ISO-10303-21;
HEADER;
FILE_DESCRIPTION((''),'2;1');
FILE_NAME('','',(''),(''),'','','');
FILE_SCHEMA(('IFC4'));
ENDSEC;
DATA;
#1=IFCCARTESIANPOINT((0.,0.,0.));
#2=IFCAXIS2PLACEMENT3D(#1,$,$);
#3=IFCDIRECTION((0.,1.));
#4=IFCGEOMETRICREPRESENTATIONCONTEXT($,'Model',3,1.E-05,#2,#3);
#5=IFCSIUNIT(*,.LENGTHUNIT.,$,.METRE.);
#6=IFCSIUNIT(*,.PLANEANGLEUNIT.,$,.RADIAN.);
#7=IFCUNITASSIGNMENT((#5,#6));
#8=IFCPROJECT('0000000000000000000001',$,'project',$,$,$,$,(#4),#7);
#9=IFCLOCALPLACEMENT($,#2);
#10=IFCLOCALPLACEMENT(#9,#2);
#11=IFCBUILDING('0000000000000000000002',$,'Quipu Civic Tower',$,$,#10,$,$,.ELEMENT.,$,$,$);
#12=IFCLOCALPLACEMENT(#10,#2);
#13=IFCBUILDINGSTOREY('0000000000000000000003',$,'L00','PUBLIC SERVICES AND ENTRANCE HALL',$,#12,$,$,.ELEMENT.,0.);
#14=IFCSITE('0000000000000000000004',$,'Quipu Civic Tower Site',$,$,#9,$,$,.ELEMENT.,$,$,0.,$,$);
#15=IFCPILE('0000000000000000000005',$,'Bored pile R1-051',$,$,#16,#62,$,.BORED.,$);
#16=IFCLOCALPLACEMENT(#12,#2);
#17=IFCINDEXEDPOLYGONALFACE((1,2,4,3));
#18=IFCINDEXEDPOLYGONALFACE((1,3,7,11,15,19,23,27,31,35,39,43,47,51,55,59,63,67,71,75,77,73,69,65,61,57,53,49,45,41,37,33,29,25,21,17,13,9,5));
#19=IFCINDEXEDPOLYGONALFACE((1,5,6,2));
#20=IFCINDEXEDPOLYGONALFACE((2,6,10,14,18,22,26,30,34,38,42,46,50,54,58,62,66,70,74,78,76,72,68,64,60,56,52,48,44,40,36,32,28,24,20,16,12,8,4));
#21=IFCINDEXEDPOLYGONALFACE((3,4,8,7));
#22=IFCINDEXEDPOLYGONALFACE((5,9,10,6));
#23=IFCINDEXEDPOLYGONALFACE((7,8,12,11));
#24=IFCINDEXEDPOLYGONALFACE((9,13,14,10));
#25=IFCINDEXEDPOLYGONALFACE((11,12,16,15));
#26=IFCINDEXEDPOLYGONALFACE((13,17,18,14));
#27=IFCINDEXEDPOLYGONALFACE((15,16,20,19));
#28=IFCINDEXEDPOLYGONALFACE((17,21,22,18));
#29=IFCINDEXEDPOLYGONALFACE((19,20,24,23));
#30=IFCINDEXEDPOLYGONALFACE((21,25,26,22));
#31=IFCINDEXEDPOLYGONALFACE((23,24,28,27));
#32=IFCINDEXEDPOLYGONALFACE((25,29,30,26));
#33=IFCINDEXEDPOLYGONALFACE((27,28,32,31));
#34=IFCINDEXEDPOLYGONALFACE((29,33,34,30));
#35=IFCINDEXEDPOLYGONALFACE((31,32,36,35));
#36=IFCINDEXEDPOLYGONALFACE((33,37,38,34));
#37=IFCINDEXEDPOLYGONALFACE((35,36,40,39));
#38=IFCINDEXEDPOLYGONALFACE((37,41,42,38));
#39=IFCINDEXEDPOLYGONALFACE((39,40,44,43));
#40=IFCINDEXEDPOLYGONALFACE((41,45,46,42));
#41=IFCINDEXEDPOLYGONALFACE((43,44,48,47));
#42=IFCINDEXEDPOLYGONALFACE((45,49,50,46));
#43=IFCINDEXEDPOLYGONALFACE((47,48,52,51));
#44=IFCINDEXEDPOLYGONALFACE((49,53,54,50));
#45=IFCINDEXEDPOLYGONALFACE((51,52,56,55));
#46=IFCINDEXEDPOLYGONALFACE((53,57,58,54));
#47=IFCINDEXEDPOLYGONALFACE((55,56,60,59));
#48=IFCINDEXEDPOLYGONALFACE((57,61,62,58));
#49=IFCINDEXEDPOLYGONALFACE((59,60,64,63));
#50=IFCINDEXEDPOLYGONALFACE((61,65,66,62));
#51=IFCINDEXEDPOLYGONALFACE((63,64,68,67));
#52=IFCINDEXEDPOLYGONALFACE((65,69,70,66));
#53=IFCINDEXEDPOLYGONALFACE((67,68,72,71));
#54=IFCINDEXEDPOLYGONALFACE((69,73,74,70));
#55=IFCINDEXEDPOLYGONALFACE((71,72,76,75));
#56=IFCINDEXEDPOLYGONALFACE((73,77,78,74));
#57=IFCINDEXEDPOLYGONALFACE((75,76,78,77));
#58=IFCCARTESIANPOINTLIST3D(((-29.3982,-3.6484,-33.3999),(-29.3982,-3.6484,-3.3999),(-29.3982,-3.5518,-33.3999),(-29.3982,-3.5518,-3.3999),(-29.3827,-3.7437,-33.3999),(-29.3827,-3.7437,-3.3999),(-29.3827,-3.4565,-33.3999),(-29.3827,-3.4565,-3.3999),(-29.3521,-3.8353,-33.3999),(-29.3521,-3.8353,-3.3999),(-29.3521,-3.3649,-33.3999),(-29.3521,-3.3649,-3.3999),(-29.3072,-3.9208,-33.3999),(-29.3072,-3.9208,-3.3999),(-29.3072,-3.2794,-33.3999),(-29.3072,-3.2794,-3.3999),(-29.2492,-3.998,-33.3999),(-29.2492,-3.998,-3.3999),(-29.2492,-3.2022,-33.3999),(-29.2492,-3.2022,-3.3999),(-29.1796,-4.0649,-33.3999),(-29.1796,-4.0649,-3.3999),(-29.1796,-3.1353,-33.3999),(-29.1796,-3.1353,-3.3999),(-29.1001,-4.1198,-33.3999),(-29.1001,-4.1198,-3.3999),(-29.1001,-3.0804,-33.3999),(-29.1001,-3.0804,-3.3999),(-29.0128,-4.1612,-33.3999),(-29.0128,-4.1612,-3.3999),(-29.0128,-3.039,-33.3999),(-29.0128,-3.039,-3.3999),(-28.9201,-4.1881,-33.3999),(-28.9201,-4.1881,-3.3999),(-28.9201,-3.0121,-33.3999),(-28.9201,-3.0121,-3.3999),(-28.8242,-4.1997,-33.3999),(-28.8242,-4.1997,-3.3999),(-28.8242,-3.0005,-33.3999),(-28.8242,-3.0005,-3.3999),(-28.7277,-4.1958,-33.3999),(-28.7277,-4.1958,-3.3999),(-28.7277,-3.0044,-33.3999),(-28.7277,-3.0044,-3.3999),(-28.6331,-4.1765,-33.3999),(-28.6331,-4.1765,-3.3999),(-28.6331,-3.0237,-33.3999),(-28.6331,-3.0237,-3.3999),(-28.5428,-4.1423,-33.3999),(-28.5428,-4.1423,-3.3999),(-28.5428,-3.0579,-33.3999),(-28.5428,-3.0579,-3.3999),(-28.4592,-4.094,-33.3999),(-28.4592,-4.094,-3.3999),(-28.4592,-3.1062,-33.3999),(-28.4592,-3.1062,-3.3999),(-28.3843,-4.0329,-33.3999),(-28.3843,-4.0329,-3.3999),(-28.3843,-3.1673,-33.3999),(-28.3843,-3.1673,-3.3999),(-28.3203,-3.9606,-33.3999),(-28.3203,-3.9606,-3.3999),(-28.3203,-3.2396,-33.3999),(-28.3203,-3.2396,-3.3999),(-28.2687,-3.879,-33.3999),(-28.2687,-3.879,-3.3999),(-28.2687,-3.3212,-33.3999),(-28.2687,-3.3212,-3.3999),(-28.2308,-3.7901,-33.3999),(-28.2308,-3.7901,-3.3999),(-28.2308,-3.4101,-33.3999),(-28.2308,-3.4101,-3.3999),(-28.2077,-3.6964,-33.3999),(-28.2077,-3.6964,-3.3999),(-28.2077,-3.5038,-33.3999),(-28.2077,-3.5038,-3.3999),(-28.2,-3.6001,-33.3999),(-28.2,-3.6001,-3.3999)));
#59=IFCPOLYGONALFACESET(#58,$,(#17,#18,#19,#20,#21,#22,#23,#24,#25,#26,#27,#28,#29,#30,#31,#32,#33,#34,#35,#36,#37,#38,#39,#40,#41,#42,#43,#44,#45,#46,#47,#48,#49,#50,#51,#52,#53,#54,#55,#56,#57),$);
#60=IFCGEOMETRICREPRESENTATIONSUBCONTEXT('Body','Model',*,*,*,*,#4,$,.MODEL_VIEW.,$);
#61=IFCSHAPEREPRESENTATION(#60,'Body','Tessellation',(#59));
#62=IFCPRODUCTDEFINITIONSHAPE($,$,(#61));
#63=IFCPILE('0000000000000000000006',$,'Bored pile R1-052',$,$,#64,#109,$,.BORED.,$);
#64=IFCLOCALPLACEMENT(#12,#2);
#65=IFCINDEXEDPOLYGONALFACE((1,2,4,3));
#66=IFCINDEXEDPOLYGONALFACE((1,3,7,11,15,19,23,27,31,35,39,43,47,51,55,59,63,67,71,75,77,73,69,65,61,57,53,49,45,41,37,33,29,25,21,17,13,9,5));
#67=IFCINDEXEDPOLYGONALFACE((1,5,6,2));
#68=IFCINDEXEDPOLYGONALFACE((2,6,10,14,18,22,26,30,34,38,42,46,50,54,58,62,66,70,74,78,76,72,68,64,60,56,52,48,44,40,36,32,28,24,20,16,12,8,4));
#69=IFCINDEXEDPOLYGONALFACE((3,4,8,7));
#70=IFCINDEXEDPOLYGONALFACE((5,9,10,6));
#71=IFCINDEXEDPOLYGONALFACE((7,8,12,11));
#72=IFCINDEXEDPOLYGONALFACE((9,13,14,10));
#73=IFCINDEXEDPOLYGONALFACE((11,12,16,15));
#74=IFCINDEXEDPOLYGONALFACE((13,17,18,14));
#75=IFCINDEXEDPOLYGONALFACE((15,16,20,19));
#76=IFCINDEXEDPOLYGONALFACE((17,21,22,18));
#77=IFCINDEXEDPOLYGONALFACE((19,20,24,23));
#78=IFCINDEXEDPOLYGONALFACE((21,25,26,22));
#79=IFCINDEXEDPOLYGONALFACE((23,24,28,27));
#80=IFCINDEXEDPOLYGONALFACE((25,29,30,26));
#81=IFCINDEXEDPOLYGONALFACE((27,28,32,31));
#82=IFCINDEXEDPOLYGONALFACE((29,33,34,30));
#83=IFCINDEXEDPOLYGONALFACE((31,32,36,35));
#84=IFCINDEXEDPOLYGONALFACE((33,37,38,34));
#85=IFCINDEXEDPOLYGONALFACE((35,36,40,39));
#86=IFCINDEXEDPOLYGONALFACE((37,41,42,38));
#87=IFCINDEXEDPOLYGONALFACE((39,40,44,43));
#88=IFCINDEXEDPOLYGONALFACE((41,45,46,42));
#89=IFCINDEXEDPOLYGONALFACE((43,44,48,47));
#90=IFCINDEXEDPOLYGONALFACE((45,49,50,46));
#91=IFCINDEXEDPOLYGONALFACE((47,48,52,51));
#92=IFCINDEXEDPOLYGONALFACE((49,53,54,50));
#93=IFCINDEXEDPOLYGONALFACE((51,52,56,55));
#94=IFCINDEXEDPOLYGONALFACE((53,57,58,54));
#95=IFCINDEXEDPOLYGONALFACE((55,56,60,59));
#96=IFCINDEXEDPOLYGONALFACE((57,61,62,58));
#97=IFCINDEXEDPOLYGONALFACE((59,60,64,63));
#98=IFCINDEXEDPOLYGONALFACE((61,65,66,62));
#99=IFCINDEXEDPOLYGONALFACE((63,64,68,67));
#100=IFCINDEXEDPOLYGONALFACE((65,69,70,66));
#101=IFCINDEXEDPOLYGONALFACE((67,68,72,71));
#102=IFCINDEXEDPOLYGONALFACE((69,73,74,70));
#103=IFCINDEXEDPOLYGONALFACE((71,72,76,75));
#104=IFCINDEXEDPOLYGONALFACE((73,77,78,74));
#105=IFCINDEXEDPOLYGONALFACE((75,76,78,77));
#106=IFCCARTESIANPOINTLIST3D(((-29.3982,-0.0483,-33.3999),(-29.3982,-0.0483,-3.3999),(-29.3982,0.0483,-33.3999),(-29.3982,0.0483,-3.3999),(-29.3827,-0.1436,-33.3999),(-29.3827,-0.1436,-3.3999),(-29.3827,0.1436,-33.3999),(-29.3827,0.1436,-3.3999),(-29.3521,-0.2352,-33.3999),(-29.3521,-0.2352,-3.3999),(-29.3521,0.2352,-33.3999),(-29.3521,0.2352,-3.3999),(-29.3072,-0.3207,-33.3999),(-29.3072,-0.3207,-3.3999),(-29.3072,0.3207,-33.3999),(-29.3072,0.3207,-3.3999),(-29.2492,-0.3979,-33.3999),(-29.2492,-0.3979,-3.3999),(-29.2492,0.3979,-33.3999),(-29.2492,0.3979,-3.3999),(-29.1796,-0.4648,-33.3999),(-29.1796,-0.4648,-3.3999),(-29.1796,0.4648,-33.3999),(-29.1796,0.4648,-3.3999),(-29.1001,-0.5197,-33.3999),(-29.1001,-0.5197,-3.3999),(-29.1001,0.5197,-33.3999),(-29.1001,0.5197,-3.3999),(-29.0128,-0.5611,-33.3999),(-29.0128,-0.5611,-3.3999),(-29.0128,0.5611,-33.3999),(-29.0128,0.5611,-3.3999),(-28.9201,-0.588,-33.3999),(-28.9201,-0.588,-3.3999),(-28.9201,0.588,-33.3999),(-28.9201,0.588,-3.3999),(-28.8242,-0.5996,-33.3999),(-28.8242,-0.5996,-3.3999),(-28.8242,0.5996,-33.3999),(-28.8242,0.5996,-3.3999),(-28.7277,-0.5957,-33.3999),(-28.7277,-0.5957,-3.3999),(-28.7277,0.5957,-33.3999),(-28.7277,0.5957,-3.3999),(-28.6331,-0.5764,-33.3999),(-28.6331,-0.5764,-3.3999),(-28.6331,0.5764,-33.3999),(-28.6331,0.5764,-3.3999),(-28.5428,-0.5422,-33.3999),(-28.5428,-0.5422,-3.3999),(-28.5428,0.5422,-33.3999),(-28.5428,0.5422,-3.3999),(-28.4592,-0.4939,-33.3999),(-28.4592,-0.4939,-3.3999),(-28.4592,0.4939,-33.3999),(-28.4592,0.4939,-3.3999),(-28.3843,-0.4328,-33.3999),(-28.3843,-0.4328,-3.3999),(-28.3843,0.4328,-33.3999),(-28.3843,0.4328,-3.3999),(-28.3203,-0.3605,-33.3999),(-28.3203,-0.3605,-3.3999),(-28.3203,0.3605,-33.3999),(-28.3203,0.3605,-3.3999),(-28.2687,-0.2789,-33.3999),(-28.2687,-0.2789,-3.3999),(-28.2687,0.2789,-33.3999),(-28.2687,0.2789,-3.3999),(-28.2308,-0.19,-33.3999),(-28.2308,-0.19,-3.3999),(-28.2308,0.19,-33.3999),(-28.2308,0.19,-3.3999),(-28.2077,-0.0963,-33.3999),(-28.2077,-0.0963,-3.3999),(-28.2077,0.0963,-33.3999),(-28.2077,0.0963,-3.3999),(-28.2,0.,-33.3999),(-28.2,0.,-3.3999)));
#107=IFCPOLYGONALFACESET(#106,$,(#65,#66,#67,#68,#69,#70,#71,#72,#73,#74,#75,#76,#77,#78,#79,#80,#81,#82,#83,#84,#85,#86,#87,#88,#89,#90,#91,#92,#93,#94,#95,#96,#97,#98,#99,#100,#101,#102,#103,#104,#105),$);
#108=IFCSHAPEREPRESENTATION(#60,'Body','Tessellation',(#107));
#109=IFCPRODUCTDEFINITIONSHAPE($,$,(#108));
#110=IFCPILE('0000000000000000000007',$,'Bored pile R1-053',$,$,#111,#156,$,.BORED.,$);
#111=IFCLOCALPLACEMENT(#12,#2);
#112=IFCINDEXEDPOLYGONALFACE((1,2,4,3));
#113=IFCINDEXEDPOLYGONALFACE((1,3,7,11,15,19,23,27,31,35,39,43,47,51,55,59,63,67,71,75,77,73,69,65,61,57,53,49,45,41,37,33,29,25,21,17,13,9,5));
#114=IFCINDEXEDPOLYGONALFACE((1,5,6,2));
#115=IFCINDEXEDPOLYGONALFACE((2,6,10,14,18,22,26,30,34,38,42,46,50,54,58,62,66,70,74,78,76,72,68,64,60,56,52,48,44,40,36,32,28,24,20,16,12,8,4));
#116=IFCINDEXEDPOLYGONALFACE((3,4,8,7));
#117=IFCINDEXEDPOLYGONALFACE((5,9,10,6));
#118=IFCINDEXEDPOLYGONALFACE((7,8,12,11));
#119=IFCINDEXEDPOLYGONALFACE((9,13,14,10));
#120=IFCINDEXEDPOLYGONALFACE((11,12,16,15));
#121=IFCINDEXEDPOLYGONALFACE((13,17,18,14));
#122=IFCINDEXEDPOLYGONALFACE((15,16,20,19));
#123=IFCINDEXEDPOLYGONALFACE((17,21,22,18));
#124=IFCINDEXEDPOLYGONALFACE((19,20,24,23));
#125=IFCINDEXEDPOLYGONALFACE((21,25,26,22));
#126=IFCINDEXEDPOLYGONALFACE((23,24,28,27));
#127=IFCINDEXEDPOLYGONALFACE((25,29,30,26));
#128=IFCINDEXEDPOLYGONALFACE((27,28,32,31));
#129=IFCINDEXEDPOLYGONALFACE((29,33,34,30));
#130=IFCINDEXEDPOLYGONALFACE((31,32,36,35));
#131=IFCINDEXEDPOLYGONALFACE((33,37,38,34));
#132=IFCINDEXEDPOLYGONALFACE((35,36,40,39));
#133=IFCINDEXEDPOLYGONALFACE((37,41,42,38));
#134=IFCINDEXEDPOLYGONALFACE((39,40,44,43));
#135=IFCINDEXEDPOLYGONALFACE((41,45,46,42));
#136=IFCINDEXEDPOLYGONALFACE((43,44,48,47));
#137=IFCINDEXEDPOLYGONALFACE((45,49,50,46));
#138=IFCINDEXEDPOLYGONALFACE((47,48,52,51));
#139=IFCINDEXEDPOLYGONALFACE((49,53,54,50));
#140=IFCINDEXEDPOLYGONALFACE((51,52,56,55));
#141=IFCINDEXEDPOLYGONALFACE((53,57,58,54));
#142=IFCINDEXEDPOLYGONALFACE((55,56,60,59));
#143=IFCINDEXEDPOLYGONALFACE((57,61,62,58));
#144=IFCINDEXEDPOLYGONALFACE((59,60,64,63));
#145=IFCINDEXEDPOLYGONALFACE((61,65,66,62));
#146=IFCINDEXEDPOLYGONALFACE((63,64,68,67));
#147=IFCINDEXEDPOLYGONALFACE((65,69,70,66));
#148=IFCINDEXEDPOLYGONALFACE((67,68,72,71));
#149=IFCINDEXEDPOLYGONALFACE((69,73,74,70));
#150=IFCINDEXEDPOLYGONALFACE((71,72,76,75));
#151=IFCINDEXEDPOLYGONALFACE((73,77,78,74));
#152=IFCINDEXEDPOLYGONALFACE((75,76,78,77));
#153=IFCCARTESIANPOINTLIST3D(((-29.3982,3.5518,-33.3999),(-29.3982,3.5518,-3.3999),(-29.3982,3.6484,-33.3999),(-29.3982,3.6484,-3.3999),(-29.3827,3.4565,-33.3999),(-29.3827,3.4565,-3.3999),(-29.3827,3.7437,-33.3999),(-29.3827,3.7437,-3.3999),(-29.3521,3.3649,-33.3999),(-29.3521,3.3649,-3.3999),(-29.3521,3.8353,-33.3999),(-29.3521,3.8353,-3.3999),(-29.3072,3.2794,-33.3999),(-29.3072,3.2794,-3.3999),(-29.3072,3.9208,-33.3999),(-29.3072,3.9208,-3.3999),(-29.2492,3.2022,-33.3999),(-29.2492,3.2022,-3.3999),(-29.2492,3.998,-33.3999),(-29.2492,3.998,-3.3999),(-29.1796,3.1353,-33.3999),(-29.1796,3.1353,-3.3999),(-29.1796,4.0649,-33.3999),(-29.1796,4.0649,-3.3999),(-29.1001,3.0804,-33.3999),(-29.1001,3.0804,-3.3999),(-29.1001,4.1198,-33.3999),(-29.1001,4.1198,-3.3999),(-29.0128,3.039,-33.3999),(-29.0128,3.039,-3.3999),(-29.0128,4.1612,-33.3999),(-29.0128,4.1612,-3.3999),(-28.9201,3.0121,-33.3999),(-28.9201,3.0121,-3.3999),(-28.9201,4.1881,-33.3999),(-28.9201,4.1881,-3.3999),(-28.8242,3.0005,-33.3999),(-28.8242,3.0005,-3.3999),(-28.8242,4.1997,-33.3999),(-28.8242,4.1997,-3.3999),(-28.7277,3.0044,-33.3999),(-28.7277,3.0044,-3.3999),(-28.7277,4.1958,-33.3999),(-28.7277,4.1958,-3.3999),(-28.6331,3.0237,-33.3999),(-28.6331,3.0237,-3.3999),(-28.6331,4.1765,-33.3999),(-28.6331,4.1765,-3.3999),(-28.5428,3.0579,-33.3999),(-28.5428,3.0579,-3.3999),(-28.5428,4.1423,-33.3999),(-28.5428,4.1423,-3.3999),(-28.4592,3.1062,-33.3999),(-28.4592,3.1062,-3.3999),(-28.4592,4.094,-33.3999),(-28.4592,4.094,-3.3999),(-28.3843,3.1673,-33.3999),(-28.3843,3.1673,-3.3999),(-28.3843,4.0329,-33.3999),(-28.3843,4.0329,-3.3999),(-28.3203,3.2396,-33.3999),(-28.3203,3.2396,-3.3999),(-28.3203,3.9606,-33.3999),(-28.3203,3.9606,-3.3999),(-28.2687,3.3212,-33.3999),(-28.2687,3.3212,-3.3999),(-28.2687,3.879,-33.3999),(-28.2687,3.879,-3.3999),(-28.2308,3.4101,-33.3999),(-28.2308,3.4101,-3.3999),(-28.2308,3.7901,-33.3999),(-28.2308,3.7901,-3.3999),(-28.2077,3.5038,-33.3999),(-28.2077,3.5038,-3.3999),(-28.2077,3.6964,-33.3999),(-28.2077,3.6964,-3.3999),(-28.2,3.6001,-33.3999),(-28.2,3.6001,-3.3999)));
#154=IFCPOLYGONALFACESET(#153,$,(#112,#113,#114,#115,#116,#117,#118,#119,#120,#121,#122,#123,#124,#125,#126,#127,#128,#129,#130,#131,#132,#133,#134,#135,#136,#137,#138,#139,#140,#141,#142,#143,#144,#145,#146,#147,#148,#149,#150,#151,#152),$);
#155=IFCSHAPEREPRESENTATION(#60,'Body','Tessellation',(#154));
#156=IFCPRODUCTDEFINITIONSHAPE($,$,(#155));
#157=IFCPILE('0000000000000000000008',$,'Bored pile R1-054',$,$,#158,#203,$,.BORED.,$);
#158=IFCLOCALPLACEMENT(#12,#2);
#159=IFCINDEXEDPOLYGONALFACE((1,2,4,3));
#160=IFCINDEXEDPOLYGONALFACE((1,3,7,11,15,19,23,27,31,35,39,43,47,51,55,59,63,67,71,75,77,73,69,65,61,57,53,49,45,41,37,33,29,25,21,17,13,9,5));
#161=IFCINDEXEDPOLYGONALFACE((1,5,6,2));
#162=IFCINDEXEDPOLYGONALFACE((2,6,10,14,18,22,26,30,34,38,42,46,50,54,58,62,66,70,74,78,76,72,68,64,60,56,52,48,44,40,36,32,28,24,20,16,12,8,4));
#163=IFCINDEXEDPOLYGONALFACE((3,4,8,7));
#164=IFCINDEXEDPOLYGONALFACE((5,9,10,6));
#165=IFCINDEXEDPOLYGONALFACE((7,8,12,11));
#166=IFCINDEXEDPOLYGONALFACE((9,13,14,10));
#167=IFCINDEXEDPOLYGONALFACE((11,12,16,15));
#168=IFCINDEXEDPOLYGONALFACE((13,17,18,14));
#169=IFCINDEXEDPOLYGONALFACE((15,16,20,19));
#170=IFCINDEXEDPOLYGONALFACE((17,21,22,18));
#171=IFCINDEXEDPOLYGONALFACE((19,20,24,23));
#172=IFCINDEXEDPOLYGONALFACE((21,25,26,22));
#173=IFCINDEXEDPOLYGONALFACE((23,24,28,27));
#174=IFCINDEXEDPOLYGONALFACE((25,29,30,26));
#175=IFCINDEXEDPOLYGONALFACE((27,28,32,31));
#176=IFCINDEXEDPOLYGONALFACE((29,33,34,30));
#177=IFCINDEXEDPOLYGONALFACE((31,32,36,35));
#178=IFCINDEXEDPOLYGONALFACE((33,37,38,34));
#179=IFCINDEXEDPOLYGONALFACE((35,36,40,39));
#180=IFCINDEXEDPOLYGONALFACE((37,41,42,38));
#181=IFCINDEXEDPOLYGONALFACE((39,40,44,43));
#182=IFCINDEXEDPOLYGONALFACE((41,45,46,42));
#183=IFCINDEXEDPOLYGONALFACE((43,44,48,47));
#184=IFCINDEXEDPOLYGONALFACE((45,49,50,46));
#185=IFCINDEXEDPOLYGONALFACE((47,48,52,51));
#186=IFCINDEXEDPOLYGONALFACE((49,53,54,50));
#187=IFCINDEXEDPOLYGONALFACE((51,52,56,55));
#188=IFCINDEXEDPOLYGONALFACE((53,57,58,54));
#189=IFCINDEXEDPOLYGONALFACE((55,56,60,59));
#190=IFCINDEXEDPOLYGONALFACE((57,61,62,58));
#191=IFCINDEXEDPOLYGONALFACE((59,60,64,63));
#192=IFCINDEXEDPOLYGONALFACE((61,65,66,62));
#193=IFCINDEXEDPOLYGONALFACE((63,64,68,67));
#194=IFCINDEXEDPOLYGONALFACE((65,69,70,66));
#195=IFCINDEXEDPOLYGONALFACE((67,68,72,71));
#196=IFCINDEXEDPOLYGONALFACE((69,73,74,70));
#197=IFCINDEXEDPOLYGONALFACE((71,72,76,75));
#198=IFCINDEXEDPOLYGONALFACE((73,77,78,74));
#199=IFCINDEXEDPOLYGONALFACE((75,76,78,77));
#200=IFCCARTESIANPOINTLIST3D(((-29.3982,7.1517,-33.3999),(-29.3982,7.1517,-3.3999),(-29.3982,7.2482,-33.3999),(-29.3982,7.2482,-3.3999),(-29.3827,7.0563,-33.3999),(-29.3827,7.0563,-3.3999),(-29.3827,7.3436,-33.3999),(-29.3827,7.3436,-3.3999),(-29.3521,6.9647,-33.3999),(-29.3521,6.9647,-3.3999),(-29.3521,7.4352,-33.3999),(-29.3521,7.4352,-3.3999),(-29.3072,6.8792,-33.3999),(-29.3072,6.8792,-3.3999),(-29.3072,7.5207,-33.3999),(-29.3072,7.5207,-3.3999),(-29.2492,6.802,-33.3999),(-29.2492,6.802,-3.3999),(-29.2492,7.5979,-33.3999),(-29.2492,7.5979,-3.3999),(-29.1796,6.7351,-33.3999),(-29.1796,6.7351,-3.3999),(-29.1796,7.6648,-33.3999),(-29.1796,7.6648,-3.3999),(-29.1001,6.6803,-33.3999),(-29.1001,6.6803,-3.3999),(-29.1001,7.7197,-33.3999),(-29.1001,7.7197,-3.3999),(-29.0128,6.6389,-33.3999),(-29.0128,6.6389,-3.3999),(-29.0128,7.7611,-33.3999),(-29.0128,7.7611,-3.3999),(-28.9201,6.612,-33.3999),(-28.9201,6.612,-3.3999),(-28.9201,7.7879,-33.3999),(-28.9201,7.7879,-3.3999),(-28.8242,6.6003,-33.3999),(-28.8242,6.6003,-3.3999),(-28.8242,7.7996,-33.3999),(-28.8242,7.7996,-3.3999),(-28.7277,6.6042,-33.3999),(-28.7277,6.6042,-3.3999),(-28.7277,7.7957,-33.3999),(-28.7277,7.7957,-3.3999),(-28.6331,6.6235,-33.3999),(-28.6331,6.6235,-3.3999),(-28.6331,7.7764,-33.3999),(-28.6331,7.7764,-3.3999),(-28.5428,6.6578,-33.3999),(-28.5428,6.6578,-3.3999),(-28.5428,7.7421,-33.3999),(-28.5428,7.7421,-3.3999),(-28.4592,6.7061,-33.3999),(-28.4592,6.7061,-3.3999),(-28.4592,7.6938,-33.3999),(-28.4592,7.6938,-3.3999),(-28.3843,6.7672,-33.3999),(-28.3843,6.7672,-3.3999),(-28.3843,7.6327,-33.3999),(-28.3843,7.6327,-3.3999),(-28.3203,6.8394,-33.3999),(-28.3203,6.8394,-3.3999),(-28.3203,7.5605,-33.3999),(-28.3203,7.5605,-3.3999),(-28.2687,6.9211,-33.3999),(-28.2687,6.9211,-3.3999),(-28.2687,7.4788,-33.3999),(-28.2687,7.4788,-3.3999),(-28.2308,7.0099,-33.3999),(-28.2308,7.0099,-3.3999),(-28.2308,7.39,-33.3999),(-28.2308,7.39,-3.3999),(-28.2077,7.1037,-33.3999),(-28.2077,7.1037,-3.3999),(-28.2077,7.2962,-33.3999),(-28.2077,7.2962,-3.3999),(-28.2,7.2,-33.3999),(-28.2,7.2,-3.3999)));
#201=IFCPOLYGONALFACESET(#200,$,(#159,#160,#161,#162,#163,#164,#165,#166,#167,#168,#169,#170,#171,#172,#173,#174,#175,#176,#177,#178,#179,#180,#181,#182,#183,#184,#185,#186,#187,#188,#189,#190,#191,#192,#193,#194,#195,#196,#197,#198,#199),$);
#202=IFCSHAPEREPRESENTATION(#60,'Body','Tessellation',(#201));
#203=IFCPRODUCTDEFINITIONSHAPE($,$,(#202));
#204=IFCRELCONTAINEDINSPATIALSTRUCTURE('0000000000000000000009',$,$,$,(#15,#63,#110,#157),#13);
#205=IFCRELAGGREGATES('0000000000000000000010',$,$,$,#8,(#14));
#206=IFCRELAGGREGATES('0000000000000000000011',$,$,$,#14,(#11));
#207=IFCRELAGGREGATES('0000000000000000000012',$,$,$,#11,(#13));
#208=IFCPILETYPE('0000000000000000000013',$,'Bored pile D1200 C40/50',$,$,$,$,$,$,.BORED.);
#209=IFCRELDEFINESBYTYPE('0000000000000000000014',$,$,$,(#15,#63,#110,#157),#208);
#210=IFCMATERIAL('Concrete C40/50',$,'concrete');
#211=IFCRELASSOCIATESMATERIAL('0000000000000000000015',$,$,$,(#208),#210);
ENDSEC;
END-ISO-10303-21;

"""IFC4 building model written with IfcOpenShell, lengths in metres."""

from ifc_helpers import new_model, si_unit, direction, frame, origin, origin_2d, place, context, subcontext, project, spatial, circle, extrude, material, material_profile, profile_set, type_object, element, save


model = new_model("IFC4")

# Units and contexts
model_context = context("Model", 3, precision=1e-05, world=origin(), true_north=direction((0.0, 1.0)))
body_context = subcontext(model_context, "Body", "Model", "MODEL_VIEW")
ifc_project = project(units=[si_unit("LENGTHUNIT", "METRE"), si_unit("PLANEANGLEUNIT", "RADIAN")], contexts=[model_context])

# Site, building, storey
site_placement = place(None, origin())
site = spatial("IfcSite", under=ifc_project, at=site_placement, Name="Quipu Civic Tower Site", CompositionType="ELEMENT", RefElevation=0.0)
building_placement = place(site_placement, origin())
building = spatial("IfcBuilding", under=site, at=building_placement, Name="Quipu Civic Tower", CompositionType="ELEMENT")
storey_placement = place(building_placement, origin())
storey = spatial("IfcBuildingStorey", under=building, at=storey_placement, Name="L00", Description="PUBLIC SERVICES AND ENTRANCE HALL", CompositionType="ELEMENT", Elevation=0.0)

# Piles
ifc_material_1 = material(Name="Concrete C40/50", Category="concrete")
ifc_material_profile_1 = material_profile(ifc_material_1, circle(Radius=0.6001, at=origin_2d()), Name="RCD1200")
ifc_profile_set_1 = profile_set([ifc_material_profile_1], Name="Concrete C40/50")
pile_type = type_object("IfcPileType", Name="Bored pile D1200 C40/50", PredefinedType="BORED", material=ifc_profile_set_1)
for number, where, z_axis, x_axis, name in (
    (1, (-28.8, -3.6001, -3.3999), (0.0, 0.0, -1.0), (1.0, 0.0, 0.0), "Bored pile R1-051"),
    (2, (-28.8, 0.0, -3.3999), (0.0, 0.0, -1.0), (1.0, 0.0, 0.0), "Bored pile R1-052"),
    (3, (-28.8, 3.6001, -3.3999), (0.0, 0.0, -1.0), (1.0, 0.0, 0.0), "Bored pile R1-053"),
    (4, (-28.8, 7.2, -3.3999), (0.0, 0.0, -1.0), (1.0, 0.0, 0.0), "Bored pile R1-054"),
):
    element("IfcPile", number, at=place(storey_placement, frame(where, z_axis=z_axis, x_axis=x_axis)), inside=storey, type_object=pile_type, Name=name, PredefinedType="BORED", context=body_context, shape_type="SweptSolid", body=[
        extrude(circle(Radius=0.6001, at=origin_2d()), origin(), (0.0, 0.0, 1.0), 30.0),
    ])

save(model, "model.ifc")
